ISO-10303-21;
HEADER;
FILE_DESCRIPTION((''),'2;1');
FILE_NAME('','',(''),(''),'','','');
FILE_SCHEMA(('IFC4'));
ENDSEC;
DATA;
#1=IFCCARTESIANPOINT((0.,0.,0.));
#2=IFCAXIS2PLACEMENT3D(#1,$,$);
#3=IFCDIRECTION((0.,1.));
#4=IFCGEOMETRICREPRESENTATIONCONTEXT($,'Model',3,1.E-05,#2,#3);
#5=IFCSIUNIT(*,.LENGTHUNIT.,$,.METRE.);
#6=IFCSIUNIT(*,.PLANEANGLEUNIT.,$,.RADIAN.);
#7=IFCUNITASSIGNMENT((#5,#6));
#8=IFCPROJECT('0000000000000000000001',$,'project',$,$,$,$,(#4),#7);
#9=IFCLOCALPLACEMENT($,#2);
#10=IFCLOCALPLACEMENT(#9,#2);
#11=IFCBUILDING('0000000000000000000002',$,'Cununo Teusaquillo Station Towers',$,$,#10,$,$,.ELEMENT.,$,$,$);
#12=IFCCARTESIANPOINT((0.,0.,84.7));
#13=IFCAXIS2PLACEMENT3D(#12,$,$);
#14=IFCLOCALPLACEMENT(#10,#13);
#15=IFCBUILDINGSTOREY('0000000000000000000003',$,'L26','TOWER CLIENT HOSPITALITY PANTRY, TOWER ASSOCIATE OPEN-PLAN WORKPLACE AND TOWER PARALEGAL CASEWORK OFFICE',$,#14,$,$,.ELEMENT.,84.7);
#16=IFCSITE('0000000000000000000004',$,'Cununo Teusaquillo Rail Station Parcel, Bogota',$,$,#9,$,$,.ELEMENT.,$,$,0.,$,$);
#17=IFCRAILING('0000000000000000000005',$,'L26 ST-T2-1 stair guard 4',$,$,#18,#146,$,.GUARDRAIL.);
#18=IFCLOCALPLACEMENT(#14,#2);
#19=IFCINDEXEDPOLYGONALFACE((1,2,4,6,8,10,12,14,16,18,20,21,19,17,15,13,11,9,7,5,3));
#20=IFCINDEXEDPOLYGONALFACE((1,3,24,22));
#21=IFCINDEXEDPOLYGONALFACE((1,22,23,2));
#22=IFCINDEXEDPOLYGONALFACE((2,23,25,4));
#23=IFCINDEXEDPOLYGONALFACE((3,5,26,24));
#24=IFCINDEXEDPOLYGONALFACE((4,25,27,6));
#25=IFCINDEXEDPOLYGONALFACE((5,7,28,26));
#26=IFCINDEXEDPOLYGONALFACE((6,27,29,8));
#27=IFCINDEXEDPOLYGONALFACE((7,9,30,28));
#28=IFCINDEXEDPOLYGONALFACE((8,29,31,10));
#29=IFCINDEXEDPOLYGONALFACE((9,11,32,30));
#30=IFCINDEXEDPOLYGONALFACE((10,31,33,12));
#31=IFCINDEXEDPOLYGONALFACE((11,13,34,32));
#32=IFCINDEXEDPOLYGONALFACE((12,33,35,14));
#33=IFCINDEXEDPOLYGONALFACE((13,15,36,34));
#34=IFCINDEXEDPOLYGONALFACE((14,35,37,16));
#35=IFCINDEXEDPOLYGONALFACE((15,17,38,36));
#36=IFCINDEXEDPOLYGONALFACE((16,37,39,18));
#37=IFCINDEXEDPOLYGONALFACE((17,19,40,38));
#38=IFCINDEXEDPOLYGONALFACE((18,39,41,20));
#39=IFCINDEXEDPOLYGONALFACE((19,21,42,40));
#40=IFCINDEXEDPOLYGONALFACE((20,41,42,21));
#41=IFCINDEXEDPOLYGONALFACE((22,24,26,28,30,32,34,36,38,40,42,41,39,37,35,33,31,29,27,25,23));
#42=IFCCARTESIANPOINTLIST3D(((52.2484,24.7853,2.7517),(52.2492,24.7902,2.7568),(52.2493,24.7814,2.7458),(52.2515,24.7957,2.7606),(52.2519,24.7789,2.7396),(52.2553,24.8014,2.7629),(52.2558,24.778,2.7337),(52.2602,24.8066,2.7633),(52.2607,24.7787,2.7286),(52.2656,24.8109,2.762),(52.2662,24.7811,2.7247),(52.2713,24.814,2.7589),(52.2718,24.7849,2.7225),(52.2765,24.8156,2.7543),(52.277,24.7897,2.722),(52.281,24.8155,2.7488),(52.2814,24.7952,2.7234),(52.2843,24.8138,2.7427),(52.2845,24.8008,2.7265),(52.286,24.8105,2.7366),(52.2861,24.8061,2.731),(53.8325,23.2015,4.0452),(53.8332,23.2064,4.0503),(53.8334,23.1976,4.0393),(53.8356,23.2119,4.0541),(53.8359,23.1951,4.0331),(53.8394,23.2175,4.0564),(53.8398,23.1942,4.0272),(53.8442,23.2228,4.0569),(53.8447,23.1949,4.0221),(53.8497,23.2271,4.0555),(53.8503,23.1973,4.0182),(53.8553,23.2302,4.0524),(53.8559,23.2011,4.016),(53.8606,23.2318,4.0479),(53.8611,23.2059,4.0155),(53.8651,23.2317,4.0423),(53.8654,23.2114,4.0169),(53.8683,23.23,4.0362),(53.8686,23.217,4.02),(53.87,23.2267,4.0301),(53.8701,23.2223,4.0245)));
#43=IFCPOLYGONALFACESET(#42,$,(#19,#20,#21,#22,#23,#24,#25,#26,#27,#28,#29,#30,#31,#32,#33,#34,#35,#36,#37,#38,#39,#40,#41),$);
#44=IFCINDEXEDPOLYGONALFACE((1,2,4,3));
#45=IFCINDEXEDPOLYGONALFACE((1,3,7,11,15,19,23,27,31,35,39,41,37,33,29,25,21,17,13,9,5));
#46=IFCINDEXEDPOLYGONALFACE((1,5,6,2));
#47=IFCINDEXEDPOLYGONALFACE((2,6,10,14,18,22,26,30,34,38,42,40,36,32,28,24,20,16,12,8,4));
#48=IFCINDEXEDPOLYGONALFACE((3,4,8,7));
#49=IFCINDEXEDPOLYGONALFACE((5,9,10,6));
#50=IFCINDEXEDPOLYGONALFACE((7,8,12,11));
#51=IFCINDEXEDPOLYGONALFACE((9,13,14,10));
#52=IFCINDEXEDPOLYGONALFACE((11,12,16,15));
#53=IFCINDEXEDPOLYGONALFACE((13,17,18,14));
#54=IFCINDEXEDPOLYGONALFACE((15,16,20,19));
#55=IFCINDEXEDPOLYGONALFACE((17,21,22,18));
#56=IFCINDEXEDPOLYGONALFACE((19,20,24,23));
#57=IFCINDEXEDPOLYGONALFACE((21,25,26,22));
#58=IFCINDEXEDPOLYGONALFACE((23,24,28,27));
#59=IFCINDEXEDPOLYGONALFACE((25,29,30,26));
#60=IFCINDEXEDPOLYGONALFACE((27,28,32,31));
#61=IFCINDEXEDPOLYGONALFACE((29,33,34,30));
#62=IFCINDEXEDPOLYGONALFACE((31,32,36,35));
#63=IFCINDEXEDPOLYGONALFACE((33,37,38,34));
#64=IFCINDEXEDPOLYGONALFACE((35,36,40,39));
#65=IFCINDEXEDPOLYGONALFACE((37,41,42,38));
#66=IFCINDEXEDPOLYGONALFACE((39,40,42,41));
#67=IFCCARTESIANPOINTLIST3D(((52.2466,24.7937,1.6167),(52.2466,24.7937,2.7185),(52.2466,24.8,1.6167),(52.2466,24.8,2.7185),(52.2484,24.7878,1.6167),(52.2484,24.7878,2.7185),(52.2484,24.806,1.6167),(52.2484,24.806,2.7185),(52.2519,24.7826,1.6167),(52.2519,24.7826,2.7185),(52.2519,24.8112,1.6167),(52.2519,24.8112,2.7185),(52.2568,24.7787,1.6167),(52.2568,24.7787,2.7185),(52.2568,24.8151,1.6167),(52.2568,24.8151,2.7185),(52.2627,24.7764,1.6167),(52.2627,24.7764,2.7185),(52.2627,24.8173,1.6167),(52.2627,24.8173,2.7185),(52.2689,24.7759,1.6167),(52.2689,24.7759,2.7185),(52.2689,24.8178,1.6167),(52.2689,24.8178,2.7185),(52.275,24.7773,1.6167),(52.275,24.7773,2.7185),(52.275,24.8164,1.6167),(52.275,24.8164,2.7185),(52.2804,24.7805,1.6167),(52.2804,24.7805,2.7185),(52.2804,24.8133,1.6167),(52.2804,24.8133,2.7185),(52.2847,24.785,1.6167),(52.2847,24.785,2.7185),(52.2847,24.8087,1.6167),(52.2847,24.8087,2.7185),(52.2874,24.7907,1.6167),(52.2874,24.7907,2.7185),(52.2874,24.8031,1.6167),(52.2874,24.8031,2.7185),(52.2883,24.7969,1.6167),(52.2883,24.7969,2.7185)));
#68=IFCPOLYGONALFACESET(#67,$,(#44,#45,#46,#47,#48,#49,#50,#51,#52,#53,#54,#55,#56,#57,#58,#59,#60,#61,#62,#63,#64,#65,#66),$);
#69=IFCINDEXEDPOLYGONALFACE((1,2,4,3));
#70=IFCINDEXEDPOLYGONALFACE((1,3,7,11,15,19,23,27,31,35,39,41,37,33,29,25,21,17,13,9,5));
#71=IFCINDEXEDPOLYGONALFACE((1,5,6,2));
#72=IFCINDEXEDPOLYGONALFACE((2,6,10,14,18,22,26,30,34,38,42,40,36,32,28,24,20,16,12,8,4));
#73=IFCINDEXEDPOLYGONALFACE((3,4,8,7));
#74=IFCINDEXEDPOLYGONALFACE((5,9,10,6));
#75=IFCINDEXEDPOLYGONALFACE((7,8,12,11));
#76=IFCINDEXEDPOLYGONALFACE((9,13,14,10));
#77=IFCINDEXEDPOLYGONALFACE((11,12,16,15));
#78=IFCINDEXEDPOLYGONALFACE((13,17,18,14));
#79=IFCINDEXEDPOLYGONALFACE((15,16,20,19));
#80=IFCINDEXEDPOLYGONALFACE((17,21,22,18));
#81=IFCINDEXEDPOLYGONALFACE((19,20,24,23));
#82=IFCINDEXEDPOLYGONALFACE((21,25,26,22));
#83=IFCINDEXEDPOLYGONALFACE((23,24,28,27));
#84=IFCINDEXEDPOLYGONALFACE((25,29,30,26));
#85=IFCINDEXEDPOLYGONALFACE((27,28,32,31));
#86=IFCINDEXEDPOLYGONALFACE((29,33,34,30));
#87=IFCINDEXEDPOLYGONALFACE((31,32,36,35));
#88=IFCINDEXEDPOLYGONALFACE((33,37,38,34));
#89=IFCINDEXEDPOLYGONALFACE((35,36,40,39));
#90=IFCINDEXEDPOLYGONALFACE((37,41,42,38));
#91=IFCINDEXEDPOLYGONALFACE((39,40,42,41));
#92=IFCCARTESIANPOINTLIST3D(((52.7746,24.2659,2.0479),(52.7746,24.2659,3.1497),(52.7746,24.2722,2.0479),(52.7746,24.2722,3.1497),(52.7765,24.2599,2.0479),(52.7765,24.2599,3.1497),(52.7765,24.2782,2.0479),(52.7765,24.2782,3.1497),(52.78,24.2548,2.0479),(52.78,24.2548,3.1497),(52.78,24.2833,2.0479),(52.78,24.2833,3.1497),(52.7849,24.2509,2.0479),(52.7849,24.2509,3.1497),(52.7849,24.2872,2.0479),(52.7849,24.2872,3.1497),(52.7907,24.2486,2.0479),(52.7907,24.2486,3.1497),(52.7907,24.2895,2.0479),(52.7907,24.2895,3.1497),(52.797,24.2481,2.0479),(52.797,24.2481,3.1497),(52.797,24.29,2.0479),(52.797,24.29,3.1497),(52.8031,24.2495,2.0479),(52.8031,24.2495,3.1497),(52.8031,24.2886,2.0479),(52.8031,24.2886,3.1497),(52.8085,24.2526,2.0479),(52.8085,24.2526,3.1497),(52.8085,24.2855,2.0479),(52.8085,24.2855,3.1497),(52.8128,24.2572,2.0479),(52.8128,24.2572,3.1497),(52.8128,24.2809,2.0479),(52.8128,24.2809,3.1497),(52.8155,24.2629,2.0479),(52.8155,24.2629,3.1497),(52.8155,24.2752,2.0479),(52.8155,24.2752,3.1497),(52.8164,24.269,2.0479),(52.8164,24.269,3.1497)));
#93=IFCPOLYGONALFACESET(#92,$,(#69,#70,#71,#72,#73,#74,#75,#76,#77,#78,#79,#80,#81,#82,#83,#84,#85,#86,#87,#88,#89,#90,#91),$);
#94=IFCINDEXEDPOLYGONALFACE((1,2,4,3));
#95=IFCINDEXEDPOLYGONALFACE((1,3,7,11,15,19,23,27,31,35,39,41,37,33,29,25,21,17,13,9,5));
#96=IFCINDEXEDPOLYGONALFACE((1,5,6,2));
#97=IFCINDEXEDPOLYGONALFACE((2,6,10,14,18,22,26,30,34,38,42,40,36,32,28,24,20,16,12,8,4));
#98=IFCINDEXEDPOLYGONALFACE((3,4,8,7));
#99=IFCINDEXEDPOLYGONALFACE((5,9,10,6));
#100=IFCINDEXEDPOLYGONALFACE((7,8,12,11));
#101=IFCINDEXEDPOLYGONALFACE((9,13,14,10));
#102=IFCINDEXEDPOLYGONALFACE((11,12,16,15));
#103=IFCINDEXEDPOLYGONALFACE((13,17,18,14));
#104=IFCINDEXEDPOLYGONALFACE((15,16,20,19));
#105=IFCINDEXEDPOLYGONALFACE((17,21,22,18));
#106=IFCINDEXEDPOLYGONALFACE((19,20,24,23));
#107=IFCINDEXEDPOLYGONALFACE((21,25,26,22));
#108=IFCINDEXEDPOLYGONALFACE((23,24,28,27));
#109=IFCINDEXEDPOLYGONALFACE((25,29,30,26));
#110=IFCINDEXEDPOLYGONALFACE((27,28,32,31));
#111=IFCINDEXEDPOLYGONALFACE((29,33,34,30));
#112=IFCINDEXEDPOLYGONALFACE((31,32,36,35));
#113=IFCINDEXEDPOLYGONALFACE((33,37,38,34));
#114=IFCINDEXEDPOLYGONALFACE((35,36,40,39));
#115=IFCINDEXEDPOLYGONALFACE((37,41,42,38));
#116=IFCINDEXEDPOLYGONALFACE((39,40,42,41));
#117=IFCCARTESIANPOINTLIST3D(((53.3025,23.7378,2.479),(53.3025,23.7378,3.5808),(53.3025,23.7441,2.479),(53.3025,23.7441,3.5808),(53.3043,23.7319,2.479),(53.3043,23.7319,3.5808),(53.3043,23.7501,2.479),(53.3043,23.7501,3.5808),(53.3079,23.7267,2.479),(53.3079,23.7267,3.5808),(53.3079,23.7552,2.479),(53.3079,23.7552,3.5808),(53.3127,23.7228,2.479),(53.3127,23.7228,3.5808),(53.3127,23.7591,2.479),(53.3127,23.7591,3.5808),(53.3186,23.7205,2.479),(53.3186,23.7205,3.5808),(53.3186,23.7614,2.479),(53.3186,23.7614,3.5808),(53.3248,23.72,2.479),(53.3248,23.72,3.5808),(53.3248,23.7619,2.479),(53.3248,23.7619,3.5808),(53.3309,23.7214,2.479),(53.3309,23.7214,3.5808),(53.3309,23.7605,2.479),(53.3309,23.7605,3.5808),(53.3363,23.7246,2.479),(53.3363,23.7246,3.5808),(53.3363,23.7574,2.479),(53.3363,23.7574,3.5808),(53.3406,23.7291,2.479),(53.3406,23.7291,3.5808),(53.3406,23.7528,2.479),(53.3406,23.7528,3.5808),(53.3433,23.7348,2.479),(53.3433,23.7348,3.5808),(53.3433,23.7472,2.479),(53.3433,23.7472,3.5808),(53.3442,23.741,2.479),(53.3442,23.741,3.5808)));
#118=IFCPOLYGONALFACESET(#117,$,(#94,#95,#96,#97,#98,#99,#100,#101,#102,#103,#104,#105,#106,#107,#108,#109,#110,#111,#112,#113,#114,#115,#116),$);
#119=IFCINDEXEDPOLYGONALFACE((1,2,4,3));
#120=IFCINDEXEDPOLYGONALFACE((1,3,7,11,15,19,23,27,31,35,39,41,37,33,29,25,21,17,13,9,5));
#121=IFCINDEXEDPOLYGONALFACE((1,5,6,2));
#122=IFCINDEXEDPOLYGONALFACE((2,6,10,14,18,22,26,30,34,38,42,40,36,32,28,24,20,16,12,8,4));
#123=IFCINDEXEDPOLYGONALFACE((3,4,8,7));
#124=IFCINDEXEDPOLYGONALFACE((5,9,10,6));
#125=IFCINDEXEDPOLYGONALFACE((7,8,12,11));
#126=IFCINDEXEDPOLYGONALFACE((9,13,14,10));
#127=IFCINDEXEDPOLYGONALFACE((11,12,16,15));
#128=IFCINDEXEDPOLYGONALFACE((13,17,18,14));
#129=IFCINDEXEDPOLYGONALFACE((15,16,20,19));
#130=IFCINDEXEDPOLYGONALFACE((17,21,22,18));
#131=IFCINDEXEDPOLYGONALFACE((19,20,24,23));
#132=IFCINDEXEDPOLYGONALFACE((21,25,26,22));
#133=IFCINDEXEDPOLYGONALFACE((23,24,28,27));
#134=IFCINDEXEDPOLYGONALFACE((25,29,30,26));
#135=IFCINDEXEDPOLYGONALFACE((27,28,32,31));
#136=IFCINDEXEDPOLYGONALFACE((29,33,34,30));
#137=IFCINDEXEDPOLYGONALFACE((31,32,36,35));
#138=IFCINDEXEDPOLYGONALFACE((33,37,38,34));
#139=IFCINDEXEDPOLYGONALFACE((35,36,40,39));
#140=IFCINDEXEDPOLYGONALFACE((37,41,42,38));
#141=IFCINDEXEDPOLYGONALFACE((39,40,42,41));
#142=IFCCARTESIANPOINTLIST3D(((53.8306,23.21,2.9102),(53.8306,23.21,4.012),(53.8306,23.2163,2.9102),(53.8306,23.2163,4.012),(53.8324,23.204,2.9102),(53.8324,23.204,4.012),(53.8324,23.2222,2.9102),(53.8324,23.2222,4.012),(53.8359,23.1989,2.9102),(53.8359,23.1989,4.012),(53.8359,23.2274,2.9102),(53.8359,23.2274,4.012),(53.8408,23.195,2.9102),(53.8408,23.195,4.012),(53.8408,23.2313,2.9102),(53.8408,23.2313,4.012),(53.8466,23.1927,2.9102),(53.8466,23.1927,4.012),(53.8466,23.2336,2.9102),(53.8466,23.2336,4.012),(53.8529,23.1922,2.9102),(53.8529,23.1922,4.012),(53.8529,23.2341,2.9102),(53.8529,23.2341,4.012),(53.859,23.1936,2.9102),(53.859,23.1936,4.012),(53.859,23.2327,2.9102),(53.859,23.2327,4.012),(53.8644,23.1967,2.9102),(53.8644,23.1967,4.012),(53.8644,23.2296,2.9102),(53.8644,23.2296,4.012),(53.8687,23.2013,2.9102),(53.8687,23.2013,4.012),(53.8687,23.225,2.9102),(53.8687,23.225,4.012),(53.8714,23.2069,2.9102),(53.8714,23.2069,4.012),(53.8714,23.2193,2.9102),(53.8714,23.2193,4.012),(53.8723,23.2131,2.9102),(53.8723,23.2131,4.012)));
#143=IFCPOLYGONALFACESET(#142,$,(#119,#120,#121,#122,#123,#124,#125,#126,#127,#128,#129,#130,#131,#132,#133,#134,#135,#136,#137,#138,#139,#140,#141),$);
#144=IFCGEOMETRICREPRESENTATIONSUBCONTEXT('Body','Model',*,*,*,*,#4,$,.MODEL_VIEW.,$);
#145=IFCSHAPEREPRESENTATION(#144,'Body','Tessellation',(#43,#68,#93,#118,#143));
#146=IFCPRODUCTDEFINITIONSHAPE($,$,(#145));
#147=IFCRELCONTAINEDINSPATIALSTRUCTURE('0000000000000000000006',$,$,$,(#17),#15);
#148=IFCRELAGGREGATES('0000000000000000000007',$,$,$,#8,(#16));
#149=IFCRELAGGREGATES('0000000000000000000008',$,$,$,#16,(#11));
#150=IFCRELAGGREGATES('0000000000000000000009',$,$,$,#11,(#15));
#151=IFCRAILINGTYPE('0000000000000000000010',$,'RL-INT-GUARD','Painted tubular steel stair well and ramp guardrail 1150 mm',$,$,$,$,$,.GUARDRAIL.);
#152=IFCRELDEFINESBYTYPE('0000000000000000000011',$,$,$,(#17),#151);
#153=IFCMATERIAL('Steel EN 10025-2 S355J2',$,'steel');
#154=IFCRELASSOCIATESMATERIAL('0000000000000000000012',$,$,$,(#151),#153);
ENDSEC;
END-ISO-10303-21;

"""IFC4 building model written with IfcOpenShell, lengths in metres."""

from ifc_helpers import new_model, si_unit, direction, frame, origin, origin_2d, place, context, subcontext, project, spatial, circle, extrude, material, type_object, element, save


model = new_model("IFC4")

# Units and contexts
model_context = context("Model", 3, precision=1e-05, world=origin(), true_north=direction((0.0, 1.0)))
body_context = subcontext(model_context, "Body", "Model", "MODEL_VIEW")
ifc_project = project(units=[si_unit("LENGTHUNIT", "METRE"), si_unit("PLANEANGLEUNIT", "RADIAN")], contexts=[model_context])

# Site, building, storey
site_placement = place(None, origin())
site = spatial("IfcSite", under=ifc_project, at=site_placement, Name="Cununo Teusaquillo Rail Station Parcel, Bogota", CompositionType="ELEMENT", RefElevation=0.0)
building_placement = place(site_placement, origin())
building = spatial("IfcBuilding", under=site, at=building_placement, Name="Cununo Teusaquillo Station Towers", CompositionType="ELEMENT")
storey_placement = place(building_placement, frame((0.0, 0.0, 84.7)))
storey = spatial("IfcBuildingStorey", under=building, at=storey_placement, Name="L26", Description="TOWER CLIENT HOSPITALITY PANTRY, TOWER ASSOCIATE OPEN-PLAN WORKPLACE AND TOWER PARALEGAL CASEWORK OFFICE", CompositionType="ELEMENT", Elevation=84.7)

# Railing
ifc_material_1 = material(Name="Steel EN 10025-2 S355J2", Category="steel")
railing_type_1 = type_object("IfcRailingType", Name="RL-INT-GUARD", Description="Painted tubular steel stair well and ramp guardrail 1150 mm", PredefinedType="GUARDRAIL", material=ifc_material_1)
railing_1_placement = place(storey_placement, frame((52.2673, 24.7969, 1.6167)))
element("IfcRailing", 1, at=railing_1_placement, inside=storey, type_object=railing_type_1, Name="L26 ST-T2-1 stair guard 4", PredefinedType="GUARDRAIL", context=body_context, shape_type="SweptSolid", body=[
    extrude(circle(Radius=0.0239, at=origin_2d()), frame((0.0, 0.0, 1.126), z_axis=(0.612391, -0.612297, 0.500069), x_axis=(0.707052, 0.707161, 0.0)), (0.0, 0.0, 1.0), 2.5867),
    extrude(circle(Radius=0.021, at=origin_2d()), origin(), (0.0, 0.0, 1.0), 1.1018),
    extrude(circle(Radius=0.021, at=origin_2d()), frame((0.5281, -0.5278, 0.4312)), (0.0, 0.0, 1.0), 1.1018),
    extrude(circle(Radius=0.021, at=origin_2d()), frame((1.0559, -1.0559, 0.8623)), (0.0, 0.0, 1.0), 1.1018),
    extrude(circle(Radius=0.021, at=origin_2d()), frame((1.584, -1.5837, 1.2935)), (0.0, 0.0, 1.0), 1.1018),
])

save(model, "model.ifc")
